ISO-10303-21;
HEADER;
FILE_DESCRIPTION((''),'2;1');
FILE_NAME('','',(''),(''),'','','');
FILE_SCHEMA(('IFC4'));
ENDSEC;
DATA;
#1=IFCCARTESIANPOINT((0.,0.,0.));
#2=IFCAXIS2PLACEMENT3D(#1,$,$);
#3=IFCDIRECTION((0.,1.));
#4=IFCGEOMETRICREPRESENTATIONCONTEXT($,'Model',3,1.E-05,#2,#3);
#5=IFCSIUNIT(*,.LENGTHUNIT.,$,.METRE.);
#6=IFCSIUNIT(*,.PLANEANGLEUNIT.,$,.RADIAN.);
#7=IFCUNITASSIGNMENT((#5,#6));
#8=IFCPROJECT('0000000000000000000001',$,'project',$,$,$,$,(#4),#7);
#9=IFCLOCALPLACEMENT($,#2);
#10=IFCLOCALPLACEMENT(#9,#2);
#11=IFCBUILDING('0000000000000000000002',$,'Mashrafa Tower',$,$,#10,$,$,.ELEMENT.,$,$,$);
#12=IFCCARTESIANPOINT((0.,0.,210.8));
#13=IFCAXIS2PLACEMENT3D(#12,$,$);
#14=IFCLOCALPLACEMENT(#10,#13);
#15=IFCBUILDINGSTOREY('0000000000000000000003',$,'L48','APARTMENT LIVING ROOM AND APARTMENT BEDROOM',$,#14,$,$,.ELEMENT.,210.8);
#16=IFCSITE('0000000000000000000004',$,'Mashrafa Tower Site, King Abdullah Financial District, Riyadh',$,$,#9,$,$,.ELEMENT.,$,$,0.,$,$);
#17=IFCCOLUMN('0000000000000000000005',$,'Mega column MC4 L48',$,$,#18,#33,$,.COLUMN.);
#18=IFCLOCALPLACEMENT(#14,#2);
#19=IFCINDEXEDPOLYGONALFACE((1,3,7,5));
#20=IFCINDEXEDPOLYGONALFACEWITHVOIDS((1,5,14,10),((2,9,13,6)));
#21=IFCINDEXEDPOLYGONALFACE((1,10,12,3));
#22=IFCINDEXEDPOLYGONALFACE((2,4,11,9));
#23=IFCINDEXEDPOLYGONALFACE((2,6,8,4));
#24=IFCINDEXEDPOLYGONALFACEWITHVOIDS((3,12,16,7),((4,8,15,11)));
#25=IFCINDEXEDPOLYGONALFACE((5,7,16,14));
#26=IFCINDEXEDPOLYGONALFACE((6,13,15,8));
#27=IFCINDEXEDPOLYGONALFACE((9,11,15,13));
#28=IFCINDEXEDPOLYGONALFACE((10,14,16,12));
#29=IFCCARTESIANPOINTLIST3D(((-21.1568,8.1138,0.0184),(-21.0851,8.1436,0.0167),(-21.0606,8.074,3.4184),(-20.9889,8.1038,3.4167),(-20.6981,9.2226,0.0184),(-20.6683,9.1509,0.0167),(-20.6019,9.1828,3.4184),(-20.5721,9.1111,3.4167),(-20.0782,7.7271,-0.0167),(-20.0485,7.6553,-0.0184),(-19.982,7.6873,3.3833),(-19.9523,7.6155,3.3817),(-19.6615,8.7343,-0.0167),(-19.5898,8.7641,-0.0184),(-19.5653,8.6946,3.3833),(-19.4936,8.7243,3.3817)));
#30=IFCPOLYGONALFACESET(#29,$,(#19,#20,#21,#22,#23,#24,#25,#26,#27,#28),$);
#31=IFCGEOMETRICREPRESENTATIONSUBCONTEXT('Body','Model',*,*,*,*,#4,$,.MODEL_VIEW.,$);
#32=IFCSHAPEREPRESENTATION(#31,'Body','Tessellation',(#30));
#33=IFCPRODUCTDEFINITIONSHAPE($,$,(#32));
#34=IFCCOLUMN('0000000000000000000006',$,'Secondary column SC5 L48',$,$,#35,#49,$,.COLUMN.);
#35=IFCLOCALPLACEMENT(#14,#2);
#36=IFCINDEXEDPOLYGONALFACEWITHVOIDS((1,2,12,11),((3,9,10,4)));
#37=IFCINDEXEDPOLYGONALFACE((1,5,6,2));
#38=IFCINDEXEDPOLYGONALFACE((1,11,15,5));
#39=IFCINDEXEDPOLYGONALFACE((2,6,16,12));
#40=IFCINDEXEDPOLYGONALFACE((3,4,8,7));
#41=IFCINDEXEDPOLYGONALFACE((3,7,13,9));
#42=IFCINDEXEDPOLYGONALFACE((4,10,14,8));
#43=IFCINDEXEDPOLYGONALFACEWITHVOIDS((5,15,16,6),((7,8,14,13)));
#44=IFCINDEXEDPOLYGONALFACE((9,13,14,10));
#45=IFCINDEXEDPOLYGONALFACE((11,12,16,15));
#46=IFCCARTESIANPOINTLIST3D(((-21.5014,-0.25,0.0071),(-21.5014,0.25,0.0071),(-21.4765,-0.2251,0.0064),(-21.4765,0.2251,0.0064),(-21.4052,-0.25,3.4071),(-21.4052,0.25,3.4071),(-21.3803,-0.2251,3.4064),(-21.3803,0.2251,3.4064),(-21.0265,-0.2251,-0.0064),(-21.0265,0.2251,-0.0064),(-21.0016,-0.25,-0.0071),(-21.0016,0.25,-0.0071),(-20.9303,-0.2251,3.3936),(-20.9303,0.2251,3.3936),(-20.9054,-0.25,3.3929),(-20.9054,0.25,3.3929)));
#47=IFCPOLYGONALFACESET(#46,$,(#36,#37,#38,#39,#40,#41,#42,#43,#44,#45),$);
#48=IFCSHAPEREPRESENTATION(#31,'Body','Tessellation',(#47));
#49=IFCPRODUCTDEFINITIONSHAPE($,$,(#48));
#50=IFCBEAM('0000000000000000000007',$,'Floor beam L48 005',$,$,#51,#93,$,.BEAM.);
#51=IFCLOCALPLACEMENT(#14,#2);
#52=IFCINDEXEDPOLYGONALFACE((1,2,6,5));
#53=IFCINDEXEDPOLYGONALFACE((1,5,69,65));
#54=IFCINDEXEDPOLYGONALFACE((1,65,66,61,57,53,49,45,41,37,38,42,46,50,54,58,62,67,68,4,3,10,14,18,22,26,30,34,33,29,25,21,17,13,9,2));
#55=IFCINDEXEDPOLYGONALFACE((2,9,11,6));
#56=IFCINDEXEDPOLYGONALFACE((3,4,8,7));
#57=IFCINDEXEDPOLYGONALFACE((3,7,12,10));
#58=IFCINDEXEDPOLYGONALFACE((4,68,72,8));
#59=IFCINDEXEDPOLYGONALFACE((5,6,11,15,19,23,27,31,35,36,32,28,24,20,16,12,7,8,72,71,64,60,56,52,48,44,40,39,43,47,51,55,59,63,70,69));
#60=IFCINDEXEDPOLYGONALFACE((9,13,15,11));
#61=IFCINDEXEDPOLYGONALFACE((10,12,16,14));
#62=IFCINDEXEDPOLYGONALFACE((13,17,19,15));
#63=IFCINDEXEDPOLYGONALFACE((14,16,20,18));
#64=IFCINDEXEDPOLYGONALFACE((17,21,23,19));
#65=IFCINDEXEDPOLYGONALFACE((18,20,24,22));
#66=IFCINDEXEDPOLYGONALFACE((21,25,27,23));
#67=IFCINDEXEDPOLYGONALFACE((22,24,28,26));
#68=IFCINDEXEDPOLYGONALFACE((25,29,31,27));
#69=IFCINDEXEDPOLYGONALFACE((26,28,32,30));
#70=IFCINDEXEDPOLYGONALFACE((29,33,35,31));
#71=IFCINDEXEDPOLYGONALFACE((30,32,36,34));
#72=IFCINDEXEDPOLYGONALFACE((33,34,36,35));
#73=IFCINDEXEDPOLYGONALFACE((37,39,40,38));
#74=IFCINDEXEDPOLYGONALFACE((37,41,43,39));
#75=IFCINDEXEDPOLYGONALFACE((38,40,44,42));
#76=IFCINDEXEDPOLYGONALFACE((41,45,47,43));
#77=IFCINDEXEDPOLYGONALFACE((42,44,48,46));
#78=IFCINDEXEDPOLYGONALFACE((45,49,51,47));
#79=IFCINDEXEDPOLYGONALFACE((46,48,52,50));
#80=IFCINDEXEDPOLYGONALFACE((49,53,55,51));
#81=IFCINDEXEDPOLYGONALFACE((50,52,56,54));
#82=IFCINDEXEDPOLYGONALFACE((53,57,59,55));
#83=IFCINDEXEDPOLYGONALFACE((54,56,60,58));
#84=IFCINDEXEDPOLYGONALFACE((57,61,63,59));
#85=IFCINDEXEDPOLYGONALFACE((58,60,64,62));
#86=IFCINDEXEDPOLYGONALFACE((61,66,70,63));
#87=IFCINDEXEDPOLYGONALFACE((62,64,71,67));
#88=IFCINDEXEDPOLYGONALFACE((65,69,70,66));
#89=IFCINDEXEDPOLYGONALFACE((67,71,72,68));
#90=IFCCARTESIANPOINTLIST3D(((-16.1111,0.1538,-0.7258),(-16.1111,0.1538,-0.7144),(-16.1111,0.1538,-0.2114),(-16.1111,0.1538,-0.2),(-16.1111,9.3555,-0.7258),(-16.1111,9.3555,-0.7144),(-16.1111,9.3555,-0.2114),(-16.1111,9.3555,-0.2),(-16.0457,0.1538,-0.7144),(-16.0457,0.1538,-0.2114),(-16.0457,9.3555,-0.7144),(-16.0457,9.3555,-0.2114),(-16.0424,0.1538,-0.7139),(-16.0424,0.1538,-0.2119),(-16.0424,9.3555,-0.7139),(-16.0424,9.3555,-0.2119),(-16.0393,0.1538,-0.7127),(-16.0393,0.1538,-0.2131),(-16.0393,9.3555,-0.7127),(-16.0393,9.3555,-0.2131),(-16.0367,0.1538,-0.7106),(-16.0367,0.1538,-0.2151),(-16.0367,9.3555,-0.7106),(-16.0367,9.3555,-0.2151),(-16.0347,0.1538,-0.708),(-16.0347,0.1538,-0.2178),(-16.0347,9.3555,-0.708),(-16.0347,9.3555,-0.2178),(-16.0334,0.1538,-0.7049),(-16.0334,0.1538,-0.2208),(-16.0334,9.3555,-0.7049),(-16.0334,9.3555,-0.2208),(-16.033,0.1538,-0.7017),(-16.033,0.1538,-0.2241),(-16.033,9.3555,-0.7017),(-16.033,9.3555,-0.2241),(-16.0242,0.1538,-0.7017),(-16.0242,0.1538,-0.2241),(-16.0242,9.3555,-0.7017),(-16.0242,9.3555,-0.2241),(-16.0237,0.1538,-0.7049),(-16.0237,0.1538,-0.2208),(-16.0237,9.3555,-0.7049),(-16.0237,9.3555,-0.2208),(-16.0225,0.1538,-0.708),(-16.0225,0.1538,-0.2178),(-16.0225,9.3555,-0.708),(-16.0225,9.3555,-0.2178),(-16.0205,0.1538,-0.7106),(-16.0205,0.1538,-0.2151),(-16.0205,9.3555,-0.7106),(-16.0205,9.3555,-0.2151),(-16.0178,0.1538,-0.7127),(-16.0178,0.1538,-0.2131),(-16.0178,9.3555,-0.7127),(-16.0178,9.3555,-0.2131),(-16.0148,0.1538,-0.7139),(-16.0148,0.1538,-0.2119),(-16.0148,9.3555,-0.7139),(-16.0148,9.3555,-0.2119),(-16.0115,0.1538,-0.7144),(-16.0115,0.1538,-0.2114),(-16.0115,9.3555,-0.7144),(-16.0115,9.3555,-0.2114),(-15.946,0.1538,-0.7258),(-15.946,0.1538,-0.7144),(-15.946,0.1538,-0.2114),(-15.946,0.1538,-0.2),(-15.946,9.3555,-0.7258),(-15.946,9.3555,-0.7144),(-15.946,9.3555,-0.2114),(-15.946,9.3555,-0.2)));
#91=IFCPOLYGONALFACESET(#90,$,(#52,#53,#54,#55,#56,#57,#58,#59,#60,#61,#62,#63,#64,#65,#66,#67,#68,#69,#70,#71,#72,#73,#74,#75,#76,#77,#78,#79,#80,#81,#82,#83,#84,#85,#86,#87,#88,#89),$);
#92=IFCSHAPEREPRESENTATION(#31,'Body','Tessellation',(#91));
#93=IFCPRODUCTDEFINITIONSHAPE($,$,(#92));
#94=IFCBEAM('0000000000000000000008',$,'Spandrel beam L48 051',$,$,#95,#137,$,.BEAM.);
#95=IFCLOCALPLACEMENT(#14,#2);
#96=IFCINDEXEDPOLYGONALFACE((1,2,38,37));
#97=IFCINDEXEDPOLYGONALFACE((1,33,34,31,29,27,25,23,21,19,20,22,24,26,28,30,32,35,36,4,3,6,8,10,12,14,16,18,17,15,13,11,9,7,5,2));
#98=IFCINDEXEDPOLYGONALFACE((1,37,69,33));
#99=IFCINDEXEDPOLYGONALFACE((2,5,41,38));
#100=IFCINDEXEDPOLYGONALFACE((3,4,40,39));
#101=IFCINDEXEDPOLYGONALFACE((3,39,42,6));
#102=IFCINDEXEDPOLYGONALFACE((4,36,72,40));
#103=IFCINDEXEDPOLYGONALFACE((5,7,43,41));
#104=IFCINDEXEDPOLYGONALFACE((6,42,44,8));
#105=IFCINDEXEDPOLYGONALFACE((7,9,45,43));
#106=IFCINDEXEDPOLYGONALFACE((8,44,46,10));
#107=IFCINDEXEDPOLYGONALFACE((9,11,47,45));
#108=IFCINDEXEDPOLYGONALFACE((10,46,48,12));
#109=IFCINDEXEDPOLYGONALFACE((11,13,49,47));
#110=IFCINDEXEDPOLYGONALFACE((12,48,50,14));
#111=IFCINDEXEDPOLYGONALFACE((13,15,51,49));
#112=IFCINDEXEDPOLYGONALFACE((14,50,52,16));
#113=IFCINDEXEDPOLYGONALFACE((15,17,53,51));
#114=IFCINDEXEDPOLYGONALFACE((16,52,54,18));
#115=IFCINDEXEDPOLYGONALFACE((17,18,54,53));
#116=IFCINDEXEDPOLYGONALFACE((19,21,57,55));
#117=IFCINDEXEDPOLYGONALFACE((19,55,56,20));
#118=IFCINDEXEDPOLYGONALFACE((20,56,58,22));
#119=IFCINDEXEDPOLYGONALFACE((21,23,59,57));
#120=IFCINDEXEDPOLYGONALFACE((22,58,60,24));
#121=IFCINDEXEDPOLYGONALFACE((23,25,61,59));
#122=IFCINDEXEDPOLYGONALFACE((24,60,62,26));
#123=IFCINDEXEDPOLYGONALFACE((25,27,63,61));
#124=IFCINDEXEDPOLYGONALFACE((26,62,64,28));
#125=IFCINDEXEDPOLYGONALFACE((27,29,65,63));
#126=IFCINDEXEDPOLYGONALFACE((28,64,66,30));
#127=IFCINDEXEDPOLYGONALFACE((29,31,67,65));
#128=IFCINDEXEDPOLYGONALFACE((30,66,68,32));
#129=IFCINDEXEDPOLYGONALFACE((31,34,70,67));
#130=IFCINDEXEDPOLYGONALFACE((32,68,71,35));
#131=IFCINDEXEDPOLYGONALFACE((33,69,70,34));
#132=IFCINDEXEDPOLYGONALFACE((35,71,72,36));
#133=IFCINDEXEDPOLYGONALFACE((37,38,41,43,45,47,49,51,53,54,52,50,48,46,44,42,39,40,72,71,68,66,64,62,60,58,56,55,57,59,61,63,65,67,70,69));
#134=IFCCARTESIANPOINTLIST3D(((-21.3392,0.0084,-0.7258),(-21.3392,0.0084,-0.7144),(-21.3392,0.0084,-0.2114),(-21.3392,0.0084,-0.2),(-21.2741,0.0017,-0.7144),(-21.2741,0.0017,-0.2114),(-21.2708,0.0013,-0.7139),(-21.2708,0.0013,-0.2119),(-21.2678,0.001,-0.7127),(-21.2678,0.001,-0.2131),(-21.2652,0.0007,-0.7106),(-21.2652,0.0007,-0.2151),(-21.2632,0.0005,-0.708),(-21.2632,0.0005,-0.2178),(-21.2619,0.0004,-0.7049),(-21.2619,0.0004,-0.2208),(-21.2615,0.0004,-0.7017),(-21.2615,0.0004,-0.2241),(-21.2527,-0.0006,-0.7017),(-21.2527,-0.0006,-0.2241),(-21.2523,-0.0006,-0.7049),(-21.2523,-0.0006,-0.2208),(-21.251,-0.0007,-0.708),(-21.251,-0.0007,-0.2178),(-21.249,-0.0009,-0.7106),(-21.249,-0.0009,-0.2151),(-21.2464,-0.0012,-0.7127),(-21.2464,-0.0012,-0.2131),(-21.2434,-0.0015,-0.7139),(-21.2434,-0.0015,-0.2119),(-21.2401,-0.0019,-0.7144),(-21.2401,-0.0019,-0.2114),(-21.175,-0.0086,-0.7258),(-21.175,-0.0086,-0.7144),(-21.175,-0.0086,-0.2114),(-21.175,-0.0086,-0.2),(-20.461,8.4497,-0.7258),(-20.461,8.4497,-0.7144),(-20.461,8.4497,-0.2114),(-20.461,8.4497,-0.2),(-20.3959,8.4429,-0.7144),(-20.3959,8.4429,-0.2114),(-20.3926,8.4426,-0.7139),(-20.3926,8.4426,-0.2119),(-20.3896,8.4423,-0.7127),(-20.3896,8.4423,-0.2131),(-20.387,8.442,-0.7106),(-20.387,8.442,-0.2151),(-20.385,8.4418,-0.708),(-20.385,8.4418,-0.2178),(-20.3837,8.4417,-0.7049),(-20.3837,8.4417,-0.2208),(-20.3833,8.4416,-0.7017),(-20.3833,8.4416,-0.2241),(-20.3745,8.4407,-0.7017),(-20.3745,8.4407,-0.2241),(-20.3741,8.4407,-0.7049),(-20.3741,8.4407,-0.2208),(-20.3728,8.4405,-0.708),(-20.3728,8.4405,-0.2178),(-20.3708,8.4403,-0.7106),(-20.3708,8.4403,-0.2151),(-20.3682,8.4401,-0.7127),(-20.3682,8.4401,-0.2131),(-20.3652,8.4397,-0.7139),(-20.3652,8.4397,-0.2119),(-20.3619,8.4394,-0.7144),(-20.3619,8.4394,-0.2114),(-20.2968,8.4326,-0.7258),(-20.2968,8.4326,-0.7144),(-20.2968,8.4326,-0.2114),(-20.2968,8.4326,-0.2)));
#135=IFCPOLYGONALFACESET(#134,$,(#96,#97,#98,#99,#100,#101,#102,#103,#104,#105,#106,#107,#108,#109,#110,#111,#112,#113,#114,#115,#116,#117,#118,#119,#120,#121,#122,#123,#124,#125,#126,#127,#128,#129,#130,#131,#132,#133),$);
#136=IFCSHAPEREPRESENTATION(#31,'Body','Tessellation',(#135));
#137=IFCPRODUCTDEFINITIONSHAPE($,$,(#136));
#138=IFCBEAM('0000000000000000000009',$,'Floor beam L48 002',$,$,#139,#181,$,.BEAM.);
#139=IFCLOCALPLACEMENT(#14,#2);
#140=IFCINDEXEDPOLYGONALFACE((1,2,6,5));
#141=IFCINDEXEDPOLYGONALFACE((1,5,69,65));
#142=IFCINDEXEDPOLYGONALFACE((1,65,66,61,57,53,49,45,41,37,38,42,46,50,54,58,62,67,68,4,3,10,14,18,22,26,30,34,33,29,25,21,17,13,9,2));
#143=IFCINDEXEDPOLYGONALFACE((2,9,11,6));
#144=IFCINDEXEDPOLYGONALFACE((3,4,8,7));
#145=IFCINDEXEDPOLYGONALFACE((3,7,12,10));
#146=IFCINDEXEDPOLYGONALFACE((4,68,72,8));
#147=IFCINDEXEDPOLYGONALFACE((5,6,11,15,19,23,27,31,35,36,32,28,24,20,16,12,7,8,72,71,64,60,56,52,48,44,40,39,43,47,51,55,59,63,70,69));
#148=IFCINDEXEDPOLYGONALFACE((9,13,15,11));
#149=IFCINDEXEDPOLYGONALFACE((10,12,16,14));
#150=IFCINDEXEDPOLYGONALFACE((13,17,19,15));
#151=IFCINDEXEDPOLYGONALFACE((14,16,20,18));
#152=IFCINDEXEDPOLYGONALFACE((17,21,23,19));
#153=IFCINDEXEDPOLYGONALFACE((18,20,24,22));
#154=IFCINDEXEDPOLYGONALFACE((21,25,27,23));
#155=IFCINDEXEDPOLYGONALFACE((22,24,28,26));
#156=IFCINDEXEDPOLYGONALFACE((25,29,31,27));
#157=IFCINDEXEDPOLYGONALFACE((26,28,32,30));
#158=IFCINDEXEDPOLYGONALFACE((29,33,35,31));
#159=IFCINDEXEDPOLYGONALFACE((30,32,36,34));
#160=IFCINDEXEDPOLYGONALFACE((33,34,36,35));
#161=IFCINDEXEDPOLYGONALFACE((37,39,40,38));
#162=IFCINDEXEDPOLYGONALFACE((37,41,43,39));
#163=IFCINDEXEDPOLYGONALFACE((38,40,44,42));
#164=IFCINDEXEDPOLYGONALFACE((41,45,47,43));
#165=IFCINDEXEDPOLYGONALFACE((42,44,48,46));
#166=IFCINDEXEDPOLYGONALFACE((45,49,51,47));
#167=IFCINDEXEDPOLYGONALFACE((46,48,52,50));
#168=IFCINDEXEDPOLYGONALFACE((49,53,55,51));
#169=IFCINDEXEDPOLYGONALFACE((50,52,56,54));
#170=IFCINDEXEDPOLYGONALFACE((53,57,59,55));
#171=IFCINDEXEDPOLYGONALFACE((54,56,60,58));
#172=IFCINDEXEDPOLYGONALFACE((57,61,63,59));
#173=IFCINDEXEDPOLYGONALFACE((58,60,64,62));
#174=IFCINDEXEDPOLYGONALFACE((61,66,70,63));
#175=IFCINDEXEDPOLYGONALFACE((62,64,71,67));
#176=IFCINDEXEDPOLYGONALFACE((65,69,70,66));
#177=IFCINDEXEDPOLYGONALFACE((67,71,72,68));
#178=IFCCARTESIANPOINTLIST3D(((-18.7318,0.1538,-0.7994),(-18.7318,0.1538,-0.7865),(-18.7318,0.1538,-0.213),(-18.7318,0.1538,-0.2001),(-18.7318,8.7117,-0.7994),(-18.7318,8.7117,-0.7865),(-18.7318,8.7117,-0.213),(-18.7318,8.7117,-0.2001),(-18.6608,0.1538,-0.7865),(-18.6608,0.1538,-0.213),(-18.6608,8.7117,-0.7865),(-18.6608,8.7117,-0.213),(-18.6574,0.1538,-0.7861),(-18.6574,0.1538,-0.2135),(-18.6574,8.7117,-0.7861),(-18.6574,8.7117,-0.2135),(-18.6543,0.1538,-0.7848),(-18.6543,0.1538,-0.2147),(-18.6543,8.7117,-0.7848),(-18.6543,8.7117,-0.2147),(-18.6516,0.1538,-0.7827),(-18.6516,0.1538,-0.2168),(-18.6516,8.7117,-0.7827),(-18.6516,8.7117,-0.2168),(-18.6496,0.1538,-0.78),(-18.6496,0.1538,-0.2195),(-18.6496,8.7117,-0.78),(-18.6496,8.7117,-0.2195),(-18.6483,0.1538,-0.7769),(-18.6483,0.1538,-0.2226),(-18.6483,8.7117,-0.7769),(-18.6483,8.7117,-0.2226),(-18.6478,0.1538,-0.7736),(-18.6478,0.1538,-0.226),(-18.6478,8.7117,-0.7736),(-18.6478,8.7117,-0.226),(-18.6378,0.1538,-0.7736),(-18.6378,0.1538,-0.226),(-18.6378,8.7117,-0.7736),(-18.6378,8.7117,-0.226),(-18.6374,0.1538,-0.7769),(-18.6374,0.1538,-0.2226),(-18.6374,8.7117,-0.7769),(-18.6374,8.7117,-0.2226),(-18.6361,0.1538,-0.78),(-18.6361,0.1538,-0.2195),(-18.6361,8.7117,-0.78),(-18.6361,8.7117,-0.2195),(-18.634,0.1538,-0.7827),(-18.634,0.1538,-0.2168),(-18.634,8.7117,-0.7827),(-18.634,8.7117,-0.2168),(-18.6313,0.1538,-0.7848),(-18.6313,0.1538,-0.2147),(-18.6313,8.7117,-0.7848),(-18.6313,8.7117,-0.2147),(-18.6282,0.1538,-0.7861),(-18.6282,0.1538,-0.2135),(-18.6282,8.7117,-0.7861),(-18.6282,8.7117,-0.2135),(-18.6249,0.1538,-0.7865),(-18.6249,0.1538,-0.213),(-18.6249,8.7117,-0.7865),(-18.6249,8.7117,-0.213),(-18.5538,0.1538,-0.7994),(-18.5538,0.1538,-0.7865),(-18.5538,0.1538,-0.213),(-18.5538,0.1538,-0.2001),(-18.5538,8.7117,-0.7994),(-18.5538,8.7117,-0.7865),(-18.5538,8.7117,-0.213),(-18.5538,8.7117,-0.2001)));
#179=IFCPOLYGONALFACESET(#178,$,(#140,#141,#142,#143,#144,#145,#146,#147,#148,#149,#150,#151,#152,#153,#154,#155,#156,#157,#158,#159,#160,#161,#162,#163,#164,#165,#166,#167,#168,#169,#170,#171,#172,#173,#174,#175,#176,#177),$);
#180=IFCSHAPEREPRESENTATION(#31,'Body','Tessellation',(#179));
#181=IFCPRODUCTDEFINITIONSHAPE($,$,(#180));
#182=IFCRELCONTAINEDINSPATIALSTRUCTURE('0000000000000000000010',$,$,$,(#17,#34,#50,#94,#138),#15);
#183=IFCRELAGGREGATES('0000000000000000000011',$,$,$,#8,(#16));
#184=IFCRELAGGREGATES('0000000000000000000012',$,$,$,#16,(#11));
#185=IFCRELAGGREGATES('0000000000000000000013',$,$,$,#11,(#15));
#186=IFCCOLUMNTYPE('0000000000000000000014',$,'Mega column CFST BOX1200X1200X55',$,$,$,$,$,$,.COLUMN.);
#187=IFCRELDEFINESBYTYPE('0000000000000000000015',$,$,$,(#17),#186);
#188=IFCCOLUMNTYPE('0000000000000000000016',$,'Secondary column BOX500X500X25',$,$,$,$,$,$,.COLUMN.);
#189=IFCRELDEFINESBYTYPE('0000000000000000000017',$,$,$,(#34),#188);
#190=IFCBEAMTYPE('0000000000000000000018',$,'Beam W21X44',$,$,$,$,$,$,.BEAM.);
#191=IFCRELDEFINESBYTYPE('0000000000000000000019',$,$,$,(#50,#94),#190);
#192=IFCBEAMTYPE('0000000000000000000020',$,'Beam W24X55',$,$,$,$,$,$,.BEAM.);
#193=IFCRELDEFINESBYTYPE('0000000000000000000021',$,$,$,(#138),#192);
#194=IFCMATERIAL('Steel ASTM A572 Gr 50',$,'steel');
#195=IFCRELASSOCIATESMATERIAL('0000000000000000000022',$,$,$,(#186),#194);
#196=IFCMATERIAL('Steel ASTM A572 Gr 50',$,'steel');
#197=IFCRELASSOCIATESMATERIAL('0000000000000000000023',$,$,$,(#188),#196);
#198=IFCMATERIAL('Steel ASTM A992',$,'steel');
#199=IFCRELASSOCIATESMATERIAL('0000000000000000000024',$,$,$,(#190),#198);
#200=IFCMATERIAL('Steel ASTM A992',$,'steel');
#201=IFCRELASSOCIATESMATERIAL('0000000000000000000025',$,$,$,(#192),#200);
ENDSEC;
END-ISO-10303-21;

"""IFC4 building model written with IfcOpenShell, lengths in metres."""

from ifc_helpers import new_model, si_unit, direction, frame, origin, origin_2d, place, context, subcontext, project, spatial, hollow_rectangle, i_section, extrude, material, material_profile, profile_set, type_object, element, save


model = new_model("IFC4")

# Units and contexts
model_context = context("Model", 3, precision=1e-05, world=origin(), true_north=direction((0.0, 1.0)))
body_context = subcontext(model_context, "Body", "Model", "MODEL_VIEW")
ifc_project = project(units=[si_unit("LENGTHUNIT", "METRE"), si_unit("PLANEANGLEUNIT", "RADIAN")], contexts=[model_context])

# Site, building, storey
site_placement = place(None, origin())
site = spatial("IfcSite", under=ifc_project, at=site_placement, Name="Mashrafa Tower Site, King Abdullah Financial District, Riyadh", CompositionType="ELEMENT", RefElevation=0.0)
building_placement = place(site_placement, origin())
building = spatial("IfcBuilding", under=site, at=building_placement, Name="Mashrafa Tower", CompositionType="ELEMENT")
storey_placement = place(building_placement, frame((0.0, 0.0, 210.8)))
storey = spatial("IfcBuildingStorey", under=building, at=storey_placement, Name="L48", Description="APARTMENT LIVING ROOM AND APARTMENT BEDROOM", CompositionType="ELEMENT", Elevation=210.8)

# Columns
ifc_material_1 = material(Name="Steel ASTM A572 Gr 50", Category="steel")
ifc_material_profile_1 = material_profile(ifc_material_1, hollow_rectangle(XDim=1.2, YDim=1.2, WallThickness=0.0549, at=origin_2d()), Name="BOX1200X1200X55")
ifc_profile_set_1 = profile_set([ifc_material_profile_1], Name="Steel ASTM A572 Gr 50")
column_type_1 = type_object("IfcColumnType", Name="Mega column CFST BOX1200X1200X55", PredefinedType="COLUMN", material=ifc_profile_set_1)
column_1_placement = place(storey_placement, frame((-20.3733, 8.439, 0.0), z_axis=(0.028279, -0.011699, 0.999532), x_axis=(0.382283, 0.924045, 0.0)))
element("IfcColumn", 1, at=column_1_placement, inside=storey, type_object=column_type_1, Name="Mega column MC4 L48", PredefinedType="COLUMN", context=body_context, shape_type="SweptSolid", body=[
    extrude(hollow_rectangle(XDim=1.2, YDim=1.2, WallThickness=0.0549, at=origin_2d()), origin(), (0.0, 0.0, 1.0), 3.4016),
])
ifc_material_2 = material(Name="Steel ASTM A572 Gr 50", Category="steel")
ifc_material_profile_2 = material_profile(ifc_material_2, hollow_rectangle(XDim=0.5, YDim=0.5, WallThickness=0.0249, at=origin_2d()), Name="BOX500X500X25")
ifc_profile_set_2 = profile_set([ifc_material_profile_2], Name="Steel ASTM A572 Gr 50")
column_type_2 = type_object("IfcColumnType", Name="Secondary column BOX500X500X25", PredefinedType="COLUMN", material=ifc_profile_set_2)
column_2_placement = place(storey_placement, frame((-21.2515, 0.0, 0.0), z_axis=(0.028281, 0.0, 0.9996), x_axis=(0.0, 1.0, 0.0)))
element("IfcColumn", 2, at=column_2_placement, inside=storey, type_object=column_type_2, Name="Secondary column SC5 L48", PredefinedType="COLUMN", context=body_context, shape_type="SweptSolid", body=[
    extrude(hollow_rectangle(XDim=0.5, YDim=0.5, WallThickness=0.0249, at=origin_2d()), origin(), (0.0, 0.0, 1.0), 3.4014),
])

# Beams
ifc_material_3 = material(Name="Steel ASTM A992", Category="steel")
ifc_material_profile_3 = material_profile(ifc_material_3, i_section(OverallWidth=0.165, OverallDepth=0.5259, WebThickness=0.0088, FlangeThickness=0.0115, FilletRadius=0.0127, at=origin_2d()), Name="W21X44")
ifc_profile_set_3 = profile_set([ifc_material_profile_3], Name="Steel ASTM A992")
beam_type_1 = type_object("IfcBeamType", Name="Beam W21X44", PredefinedType="BEAM", material=ifc_profile_set_3)
beam_1_placement = place(storey_placement, frame((-16.0286, 0.1538, -0.4629), z_axis=(0.0, 1.0, 0.0), x_axis=(-1.0, 0.0, 0.0)))
element("IfcBeam", 3, at=beam_1_placement, inside=storey, type_object=beam_type_1, Name="Floor beam L48 005", PredefinedType="BEAM", context=body_context, shape_type="SweptSolid", body=[
    extrude(i_section(OverallWidth=0.165, OverallDepth=0.5259, WebThickness=0.0088, FlangeThickness=0.0115, FilletRadius=0.0127, at=origin_2d()), origin(), (0.0, 0.0, 1.0), 9.2017),
])
beam_2_placement = place(storey_placement, frame((-20.3789, 8.4412, -0.4629), z_axis=(-0.103476, -0.994632, 0.0), x_axis=(0.994632, -0.103476, 0.0)))
element("IfcBeam", 4, at=beam_2_placement, inside=storey, type_object=beam_type_1, Name="Spandrel beam L48 051", PredefinedType="BEAM", context=body_context, shape_type="SweptSolid", body=[
    extrude(i_section(OverallWidth=0.165, OverallDepth=0.5259, WebThickness=0.0088, FlangeThickness=0.0115, FilletRadius=0.0127, at=origin_2d()), origin(), (0.0, 0.0, 1.0), 8.4868),
])
ifc_material_4 = material(Name="Steel ASTM A992", Category="steel")
ifc_material_profile_4 = material_profile(ifc_material_4, i_section(OverallWidth=0.178, OverallDepth=0.5994, WebThickness=0.01, FlangeThickness=0.0129, FilletRadius=0.0129, at=origin_2d()), Name="W24X55")
ifc_profile_set_4 = profile_set([ifc_material_profile_4], Name="Steel ASTM A992")
beam_type_2 = type_object("IfcBeamType", Name="Beam W24X55", PredefinedType="BEAM", material=ifc_profile_set_4)
beam_3_placement = place(storey_placement, frame((-18.6428, 0.1538, -0.4998), z_axis=(0.0, 1.0, 0.0), x_axis=(-1.0, 0.0, 0.0)))
element("IfcBeam", 5, at=beam_3_placement, inside=storey, type_object=beam_type_2, Name="Floor beam L48 002", PredefinedType="BEAM", context=body_context, shape_type="SweptSolid", body=[
    extrude(i_section(OverallWidth=0.178, OverallDepth=0.5994, WebThickness=0.01, FlangeThickness=0.0129, FilletRadius=0.0129, at=origin_2d()), origin(), (0.0, 0.0, 1.0), 8.5579),
])

save(model, "model.ifc")
